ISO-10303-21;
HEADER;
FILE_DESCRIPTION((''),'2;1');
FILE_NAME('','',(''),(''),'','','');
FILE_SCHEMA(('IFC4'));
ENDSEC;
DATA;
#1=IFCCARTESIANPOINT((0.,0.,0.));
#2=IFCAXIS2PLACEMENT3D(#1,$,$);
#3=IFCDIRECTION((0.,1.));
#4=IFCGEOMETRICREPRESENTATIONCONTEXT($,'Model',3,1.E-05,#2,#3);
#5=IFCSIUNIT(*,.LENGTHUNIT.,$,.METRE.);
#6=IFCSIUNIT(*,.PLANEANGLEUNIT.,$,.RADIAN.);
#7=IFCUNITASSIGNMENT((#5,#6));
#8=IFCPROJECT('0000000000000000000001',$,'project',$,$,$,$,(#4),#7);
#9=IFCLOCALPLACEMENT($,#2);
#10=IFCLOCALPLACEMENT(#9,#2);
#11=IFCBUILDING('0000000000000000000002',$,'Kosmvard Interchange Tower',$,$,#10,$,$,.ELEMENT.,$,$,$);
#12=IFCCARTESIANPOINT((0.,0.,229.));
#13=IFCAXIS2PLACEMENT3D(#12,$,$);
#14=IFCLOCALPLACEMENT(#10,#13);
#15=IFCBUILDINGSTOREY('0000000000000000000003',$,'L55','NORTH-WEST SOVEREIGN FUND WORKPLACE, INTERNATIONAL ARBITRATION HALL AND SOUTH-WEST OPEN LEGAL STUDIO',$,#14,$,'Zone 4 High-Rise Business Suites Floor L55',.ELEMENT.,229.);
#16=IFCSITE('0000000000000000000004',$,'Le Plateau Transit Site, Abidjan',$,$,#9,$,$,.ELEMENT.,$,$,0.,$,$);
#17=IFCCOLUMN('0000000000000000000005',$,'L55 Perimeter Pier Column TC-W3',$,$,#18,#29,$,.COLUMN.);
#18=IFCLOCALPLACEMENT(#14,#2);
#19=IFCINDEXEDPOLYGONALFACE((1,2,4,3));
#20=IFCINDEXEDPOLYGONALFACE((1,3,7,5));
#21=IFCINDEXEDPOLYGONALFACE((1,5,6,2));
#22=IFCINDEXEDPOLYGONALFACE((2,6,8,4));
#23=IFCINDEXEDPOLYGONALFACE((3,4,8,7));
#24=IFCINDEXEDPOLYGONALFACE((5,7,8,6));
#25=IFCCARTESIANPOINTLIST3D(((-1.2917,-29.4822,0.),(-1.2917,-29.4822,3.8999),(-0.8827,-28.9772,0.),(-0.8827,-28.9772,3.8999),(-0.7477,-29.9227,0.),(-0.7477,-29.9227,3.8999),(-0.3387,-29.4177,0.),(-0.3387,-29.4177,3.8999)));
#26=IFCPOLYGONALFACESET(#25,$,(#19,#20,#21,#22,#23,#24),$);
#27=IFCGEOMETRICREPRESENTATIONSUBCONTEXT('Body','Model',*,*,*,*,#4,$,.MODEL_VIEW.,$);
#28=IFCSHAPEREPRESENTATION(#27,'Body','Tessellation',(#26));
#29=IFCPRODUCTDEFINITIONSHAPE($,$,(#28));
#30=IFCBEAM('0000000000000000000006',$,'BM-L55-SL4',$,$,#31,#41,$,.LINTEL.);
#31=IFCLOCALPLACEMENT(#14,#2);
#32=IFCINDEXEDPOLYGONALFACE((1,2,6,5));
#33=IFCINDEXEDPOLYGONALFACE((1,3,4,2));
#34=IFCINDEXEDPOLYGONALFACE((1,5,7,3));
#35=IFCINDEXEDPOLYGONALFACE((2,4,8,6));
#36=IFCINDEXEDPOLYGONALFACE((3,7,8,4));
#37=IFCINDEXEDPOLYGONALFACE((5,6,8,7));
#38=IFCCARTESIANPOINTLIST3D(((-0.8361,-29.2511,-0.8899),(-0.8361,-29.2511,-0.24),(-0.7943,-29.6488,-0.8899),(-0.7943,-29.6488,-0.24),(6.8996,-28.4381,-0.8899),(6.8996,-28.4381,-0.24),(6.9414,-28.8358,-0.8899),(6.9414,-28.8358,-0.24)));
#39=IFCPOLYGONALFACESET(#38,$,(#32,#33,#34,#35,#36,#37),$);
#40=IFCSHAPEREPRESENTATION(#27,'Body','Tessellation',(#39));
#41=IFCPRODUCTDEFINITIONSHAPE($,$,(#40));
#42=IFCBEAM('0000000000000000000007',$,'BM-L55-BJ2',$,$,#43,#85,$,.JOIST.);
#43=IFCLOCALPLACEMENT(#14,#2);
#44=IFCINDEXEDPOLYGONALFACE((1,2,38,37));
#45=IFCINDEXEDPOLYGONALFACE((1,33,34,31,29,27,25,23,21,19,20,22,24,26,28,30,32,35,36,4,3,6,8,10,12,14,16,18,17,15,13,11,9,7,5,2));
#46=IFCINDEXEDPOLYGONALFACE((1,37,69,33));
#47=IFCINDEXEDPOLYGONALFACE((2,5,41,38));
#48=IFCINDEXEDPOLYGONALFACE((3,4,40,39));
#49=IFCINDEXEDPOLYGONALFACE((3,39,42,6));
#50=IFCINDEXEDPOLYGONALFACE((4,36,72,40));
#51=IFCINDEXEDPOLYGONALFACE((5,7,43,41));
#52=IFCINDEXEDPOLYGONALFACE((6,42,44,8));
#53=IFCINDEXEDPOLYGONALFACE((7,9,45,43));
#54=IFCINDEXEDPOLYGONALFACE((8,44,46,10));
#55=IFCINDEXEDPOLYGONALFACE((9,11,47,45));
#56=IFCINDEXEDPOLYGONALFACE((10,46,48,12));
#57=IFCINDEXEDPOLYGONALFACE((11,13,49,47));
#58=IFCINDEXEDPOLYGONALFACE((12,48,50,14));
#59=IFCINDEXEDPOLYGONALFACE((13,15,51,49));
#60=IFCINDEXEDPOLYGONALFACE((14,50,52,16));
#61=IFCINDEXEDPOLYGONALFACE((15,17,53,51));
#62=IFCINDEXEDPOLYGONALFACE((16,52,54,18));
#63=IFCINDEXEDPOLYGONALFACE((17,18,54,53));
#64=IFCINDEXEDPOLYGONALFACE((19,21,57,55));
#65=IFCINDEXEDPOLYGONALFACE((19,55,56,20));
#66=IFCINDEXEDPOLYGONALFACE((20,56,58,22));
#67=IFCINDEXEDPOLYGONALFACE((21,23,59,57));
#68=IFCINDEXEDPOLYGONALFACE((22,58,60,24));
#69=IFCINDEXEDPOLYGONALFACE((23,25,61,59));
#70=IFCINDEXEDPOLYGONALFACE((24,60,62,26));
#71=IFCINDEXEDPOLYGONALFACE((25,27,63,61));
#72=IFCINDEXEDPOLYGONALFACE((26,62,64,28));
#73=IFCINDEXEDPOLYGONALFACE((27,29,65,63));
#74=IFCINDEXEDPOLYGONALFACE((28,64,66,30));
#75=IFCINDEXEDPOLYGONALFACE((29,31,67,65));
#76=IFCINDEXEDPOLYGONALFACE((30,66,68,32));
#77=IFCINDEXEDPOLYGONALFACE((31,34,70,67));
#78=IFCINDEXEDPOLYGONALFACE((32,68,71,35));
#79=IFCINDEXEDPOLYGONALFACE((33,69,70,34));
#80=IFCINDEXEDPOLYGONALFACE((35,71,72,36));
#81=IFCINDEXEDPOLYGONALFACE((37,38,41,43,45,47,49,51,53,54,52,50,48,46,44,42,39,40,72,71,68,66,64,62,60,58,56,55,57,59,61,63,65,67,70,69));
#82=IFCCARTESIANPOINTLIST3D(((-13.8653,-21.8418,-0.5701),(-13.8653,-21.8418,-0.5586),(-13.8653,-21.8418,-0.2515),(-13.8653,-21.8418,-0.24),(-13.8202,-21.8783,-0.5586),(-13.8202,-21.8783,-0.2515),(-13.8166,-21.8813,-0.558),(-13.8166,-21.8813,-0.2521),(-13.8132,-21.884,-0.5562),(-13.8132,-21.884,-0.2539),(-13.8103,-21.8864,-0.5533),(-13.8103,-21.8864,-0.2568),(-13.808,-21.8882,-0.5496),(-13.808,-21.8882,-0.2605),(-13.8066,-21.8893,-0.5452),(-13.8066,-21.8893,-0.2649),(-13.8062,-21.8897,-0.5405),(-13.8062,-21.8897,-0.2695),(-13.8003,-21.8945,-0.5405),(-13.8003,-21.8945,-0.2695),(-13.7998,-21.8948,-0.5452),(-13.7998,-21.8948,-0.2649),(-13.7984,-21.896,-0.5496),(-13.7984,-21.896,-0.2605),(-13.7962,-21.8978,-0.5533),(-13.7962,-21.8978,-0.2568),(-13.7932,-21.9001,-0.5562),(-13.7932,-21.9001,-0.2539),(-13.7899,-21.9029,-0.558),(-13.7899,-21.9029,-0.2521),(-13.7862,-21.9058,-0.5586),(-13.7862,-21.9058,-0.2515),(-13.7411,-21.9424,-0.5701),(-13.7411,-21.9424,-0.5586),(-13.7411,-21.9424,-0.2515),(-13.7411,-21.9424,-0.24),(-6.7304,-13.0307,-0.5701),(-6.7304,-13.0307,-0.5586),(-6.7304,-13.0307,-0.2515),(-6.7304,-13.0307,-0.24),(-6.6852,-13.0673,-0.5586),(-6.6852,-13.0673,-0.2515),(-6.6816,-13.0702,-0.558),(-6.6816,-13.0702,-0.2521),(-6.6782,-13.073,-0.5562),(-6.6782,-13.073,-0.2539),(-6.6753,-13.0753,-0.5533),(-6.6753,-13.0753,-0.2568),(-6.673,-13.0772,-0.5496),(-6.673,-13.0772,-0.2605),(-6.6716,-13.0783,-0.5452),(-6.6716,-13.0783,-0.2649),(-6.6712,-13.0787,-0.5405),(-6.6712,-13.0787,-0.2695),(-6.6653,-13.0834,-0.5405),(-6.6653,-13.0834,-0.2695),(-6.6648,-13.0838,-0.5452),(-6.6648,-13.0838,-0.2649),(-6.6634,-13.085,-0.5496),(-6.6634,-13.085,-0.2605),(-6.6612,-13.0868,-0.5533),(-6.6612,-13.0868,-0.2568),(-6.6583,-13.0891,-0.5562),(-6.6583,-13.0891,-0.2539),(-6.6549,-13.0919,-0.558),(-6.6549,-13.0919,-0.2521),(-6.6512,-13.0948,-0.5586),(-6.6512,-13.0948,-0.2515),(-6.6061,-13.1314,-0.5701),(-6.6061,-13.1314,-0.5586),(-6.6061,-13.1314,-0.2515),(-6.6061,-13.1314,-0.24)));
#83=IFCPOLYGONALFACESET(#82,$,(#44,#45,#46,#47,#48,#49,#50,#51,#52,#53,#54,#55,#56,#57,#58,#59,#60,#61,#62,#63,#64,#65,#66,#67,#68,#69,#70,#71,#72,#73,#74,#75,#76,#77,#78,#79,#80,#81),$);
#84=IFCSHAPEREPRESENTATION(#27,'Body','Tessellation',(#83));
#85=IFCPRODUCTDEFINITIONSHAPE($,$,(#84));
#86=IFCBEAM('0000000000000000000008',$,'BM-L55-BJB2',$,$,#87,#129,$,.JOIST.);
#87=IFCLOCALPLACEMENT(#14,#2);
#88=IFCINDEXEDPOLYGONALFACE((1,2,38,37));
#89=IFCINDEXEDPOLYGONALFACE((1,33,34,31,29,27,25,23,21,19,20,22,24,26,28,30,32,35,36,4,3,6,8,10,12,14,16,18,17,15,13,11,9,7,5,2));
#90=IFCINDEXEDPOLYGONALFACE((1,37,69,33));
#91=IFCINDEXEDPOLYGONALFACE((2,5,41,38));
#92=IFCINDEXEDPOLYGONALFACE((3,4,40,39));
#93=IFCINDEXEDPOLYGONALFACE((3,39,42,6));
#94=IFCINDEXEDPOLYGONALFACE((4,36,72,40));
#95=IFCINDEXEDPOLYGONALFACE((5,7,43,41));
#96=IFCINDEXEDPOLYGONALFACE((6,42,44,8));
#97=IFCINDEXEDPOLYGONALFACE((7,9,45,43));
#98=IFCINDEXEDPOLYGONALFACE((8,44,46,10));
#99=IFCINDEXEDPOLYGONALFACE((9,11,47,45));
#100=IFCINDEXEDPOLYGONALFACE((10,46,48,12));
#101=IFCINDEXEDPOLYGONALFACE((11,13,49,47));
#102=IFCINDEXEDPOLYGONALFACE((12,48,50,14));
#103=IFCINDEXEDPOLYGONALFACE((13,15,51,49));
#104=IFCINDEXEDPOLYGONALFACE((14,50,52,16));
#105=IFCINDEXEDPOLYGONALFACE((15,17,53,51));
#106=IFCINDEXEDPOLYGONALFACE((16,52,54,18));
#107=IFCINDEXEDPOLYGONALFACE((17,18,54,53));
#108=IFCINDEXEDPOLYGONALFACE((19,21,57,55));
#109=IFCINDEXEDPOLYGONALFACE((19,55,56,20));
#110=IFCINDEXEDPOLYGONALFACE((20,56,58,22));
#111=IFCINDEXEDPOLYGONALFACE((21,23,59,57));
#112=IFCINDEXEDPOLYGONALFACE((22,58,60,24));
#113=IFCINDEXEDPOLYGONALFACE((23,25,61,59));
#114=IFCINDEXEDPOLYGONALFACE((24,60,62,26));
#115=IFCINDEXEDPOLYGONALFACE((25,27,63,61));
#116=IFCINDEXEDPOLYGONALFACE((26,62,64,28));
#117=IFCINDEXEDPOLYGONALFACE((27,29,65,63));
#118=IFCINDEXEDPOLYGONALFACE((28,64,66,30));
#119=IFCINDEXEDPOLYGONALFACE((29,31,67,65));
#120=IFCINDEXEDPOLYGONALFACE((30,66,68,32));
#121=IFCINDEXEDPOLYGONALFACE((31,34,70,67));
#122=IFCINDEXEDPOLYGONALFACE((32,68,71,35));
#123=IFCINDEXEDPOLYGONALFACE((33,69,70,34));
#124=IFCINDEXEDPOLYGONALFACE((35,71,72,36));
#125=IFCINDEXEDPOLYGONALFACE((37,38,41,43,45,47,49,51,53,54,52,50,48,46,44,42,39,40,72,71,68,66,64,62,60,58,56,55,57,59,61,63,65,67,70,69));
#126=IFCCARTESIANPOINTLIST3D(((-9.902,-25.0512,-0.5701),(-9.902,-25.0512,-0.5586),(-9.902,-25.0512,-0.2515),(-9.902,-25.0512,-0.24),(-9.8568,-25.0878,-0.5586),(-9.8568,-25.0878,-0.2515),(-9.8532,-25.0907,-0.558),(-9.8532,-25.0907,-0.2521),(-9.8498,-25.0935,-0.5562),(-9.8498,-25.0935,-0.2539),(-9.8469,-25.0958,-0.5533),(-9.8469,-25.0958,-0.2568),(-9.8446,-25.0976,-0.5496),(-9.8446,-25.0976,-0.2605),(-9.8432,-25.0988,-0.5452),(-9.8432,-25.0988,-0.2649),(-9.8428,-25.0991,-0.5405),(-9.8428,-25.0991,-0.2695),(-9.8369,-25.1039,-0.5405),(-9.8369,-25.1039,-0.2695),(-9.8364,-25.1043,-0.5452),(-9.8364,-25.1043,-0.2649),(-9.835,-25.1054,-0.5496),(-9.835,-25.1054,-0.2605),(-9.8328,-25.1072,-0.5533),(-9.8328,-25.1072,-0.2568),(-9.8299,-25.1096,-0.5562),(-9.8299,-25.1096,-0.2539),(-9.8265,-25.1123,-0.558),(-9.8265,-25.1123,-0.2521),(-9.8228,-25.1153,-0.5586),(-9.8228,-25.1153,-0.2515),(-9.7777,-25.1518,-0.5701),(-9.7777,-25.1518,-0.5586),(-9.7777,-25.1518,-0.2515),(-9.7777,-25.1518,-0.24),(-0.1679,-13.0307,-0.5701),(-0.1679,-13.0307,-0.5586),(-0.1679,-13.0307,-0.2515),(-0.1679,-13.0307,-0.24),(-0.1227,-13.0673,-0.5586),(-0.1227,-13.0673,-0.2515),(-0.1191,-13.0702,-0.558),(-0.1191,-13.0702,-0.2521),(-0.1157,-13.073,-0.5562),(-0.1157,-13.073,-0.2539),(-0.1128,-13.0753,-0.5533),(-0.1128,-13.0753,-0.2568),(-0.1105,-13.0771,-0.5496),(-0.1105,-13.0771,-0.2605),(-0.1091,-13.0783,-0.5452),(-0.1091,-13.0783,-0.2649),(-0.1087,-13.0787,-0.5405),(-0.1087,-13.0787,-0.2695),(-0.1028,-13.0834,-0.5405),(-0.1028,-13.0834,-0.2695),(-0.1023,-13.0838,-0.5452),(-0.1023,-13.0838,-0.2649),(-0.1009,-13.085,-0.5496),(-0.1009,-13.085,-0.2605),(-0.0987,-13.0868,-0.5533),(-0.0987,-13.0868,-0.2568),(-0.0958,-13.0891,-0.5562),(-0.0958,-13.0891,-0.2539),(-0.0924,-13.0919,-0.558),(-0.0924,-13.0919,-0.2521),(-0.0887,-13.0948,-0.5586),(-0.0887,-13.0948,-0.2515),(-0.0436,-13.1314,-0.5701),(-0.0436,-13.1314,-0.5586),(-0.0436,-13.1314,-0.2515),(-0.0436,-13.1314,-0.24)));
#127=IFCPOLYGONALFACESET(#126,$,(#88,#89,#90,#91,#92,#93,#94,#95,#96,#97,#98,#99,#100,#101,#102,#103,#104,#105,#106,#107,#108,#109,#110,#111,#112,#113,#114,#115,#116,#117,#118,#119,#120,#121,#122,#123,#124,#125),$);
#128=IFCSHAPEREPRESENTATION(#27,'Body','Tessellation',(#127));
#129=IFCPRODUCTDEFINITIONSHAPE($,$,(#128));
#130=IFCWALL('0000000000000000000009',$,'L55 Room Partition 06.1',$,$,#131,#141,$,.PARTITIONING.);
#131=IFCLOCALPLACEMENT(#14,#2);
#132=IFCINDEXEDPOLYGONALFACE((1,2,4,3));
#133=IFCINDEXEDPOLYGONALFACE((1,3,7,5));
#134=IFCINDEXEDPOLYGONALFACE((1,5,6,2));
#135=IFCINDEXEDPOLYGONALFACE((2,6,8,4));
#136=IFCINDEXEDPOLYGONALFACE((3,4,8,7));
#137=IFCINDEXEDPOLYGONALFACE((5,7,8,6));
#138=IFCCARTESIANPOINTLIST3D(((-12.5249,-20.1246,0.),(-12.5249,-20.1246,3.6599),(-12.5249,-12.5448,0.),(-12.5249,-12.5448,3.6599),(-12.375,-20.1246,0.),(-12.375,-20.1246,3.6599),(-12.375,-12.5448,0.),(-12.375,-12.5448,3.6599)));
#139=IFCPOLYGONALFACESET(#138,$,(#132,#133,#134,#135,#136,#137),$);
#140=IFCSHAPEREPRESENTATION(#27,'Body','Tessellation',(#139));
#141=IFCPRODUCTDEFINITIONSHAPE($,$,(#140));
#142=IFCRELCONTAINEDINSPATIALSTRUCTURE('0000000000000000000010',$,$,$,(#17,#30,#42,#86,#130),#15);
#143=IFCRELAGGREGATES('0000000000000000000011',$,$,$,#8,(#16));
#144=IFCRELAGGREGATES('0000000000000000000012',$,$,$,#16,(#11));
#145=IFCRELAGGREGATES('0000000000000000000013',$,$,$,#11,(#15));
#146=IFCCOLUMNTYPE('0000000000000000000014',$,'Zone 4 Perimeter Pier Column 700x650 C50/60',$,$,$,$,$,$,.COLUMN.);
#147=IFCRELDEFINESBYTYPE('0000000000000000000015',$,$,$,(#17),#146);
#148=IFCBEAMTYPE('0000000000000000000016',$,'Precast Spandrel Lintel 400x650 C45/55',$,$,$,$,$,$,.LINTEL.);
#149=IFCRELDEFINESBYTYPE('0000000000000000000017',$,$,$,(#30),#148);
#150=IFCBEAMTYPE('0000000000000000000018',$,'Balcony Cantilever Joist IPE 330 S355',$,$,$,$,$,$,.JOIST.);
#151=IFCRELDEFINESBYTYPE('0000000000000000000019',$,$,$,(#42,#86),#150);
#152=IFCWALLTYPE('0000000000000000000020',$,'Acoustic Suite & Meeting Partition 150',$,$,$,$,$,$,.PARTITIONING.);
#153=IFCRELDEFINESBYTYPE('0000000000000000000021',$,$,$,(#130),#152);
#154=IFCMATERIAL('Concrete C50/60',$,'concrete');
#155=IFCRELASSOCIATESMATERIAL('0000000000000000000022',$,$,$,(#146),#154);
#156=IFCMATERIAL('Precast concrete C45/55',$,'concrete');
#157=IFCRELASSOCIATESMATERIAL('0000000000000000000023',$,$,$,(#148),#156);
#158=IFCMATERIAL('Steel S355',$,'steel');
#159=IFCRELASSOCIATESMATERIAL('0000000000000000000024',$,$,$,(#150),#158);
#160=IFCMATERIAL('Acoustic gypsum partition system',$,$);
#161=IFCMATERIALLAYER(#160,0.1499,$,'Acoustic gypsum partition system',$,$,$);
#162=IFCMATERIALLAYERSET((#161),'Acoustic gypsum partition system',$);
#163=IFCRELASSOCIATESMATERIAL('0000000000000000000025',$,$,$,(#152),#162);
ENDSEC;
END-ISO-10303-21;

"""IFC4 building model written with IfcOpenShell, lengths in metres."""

from ifc_helpers import new_model, si_unit, direction, frame, frame_2d, origin, origin_2d, place, context, subcontext, project, spatial, rectangle, i_section, extrude, source, transform, mapped, material, layer, layer_set, material_profile, profile_set, type_object, element, save


model = new_model("IFC4")

# Units and contexts
model_context = context("Model", 3, precision=1e-05, world=origin(), true_north=direction((0.0, 1.0)))
body_context = subcontext(model_context, "Body", "Model", "MODEL_VIEW")
ifc_project = project(units=[si_unit("LENGTHUNIT", "METRE"), si_unit("PLANEANGLEUNIT", "RADIAN")], contexts=[model_context])

# Site, building, storey
site_placement = place(None, origin())
site = spatial("IfcSite", under=ifc_project, at=site_placement, Name="Le Plateau Transit Site, Abidjan", CompositionType="ELEMENT", RefElevation=0.0)
building_placement = place(site_placement, origin())
building = spatial("IfcBuilding", under=site, at=building_placement, Name="Kosmvard Interchange Tower", CompositionType="ELEMENT")
storey_placement = place(building_placement, frame((0.0, 0.0, 229.0)))
storey = spatial("IfcBuildingStorey", under=building, at=storey_placement, Name="L55", Description="NORTH-WEST SOVEREIGN FUND WORKPLACE, INTERNATIONAL ARBITRATION HALL AND SOUTH-WEST OPEN LEGAL STUDIO", LongName="Zone 4 High-Rise Business Suites Floor L55", CompositionType="ELEMENT", Elevation=229.0)

# Column
ifc_material_1 = material(Name="Concrete C50/60", Category="concrete")
ifc_material_profile_1 = material_profile(ifc_material_1, rectangle(XDim=0.6499, YDim=0.7, at=origin_2d()), Name="TC 700x650")
ifc_profile_set_1 = profile_set([ifc_material_profile_1], Name="Concrete C50/60")
column_type = type_object("IfcColumnType", Name="Zone 4 Perimeter Pier Column 700x650 C50/60", PredefinedType="COLUMN", material=ifc_profile_set_1)
shared_shape_1 = source(origin(), body_context, "Body", "SweptSolid", [
    extrude(rectangle(XDim=0.6499, YDim=0.7, at=origin_2d()), origin(), (0.0, 0.0, 1.0), 3.8999),
])
column_placement = place(storey_placement, frame((-0.8152, -29.45, 0.0), z_axis=(0.0, 0.0, 1.0), x_axis=(0.62932, 0.777146, 0.0)))
element("IfcColumn", 1, at=column_placement, inside=storey, type_object=column_type, Name="L55 Perimeter Pier Column TC-W3", PredefinedType="COLUMN", context=body_context, shape_type="MappedRepresentation", body=[
    mapped(shared_shape_1, transform((0.0, 0.0, 0.0), scale=1.0)),
])

# Beams
ifc_material_2 = material(Name="Precast concrete C45/55", Category="concrete")
ifc_material_profile_2 = material_profile(ifc_material_2, rectangle(XDim=0.3999, YDim=0.6499, at=origin_2d()), Name="SL 400x650")
ifc_profile_set_2 = profile_set([ifc_material_profile_2], Name="Precast concrete C45/55")
beam_type_1 = type_object("IfcBeamType", Name="Precast Spandrel Lintel 400x650 C45/55", PredefinedType="LINTEL", material=ifc_profile_set_2)
shared_shape_2 = source(origin(), body_context, "Body", "SweptSolid", [
    extrude(rectangle(XDim=0.3999, YDim=0.6499, at=origin_2d()), origin(), (0.0, 0.0, 1.0), 7.7783),
])
beam_1_placement = place(storey_placement, frame((-0.8152, -29.45, -0.5649), z_axis=(0.994523, 0.104521, 0.0), x_axis=(-0.104521, 0.994523, 0.0)))
element("IfcBeam", 2, at=beam_1_placement, inside=storey, type_object=beam_type_1, Name="BM-L55-SL4", PredefinedType="LINTEL", context=body_context, shape_type="MappedRepresentation", body=[
    mapped(shared_shape_2, transform((0.0, 0.0, 0.0), scale=1.0)),
])
ifc_material_3 = material(Name="Steel S355", Category="steel")
ifc_material_profile_3 = material_profile(ifc_material_3, i_section(OverallWidth=0.1599, OverallDepth=0.3301, WebThickness=0.0076, FlangeThickness=0.0115, FilletRadius=0.0181, at=origin_2d()), Name="IPE 330")
ifc_profile_set_3 = profile_set([ifc_material_profile_3], Name="Steel S355")
beam_type_2 = type_object("IfcBeamType", Name="Balcony Cantilever Joist IPE 330 S355", PredefinedType="JOIST", material=ifc_profile_set_3)
shared_shape_3 = source(origin(), body_context, "Body", "SweptSolid", [
    extrude(i_section(OverallWidth=0.1599, OverallDepth=0.3301, WebThickness=0.0076, FlangeThickness=0.0115, FilletRadius=0.0181, at=origin_2d()), origin(), (0.0, 0.0, 1.0), 11.3376),
])
beam_2_placement = place(storey_placement, frame((-6.6682, -13.0811, -0.405), z_axis=(-0.629319, -0.777147, 0.0), x_axis=(0.777147, -0.629319, 0.0)))
element("IfcBeam", 3, at=beam_2_placement, inside=storey, type_object=beam_type_2, Name="BM-L55-BJ2", PredefinedType="JOIST", context=body_context, shape_type="MappedRepresentation", body=[
    mapped(shared_shape_3, transform((0.0, 0.0, 0.0), scale=1.0)),
])
shared_shape_4 = source(origin(), body_context, "Body", "SweptSolid", [
    extrude(i_section(OverallWidth=0.1599, OverallDepth=0.3301, WebThickness=0.0076, FlangeThickness=0.0115, FilletRadius=0.0181, at=origin_2d()), origin(), (0.0, 0.0, 1.0), 15.4675),
])
beam_3_placement = place(storey_placement, frame((-0.1057, -13.0811, -0.405), z_axis=(-0.629325, -0.777142, 0.0), x_axis=(0.777142, -0.629325, 0.0)))
element("IfcBeam", 4, at=beam_3_placement, inside=storey, type_object=beam_type_2, Name="BM-L55-BJB2", PredefinedType="JOIST", context=body_context, shape_type="MappedRepresentation", body=[
    mapped(shared_shape_4, transform((0.0, 0.0, 0.0), scale=1.0)),
])

# Wall
ifc_material_4 = material(Name="Acoustic gypsum partition system")
ifc_layer_1 = layer(ifc_material_4, 0.1499, Name="Acoustic gypsum partition system")
ifc_layer_set_1 = layer_set([ifc_layer_1], Name="Acoustic gypsum partition system")
wall_type_1 = type_object("IfcWallType", Name="Acoustic Suite & Meeting Partition 150", PredefinedType="PARTITIONING", material=ifc_layer_set_1)
wall_1_placement = place(storey_placement, frame((-12.45, -20.1248, 0.0), z_axis=(0.0, 0.0, 1.0), x_axis=(0.0, 1.0, 0.0)))
element("IfcWall", 5, at=wall_1_placement, inside=storey, type_object=wall_type_1, Name="L55 Room Partition 06.1", PredefinedType="PARTITIONING", context=body_context, shape_type="SweptSolid", body=[
    extrude(rectangle(XDim=7.5798, YDim=0.1499, at=frame_2d((3.79, 0.0))), origin(), (0.0, 0.0, 1.0), 3.6599),
])

save(model, "model.ifc")
